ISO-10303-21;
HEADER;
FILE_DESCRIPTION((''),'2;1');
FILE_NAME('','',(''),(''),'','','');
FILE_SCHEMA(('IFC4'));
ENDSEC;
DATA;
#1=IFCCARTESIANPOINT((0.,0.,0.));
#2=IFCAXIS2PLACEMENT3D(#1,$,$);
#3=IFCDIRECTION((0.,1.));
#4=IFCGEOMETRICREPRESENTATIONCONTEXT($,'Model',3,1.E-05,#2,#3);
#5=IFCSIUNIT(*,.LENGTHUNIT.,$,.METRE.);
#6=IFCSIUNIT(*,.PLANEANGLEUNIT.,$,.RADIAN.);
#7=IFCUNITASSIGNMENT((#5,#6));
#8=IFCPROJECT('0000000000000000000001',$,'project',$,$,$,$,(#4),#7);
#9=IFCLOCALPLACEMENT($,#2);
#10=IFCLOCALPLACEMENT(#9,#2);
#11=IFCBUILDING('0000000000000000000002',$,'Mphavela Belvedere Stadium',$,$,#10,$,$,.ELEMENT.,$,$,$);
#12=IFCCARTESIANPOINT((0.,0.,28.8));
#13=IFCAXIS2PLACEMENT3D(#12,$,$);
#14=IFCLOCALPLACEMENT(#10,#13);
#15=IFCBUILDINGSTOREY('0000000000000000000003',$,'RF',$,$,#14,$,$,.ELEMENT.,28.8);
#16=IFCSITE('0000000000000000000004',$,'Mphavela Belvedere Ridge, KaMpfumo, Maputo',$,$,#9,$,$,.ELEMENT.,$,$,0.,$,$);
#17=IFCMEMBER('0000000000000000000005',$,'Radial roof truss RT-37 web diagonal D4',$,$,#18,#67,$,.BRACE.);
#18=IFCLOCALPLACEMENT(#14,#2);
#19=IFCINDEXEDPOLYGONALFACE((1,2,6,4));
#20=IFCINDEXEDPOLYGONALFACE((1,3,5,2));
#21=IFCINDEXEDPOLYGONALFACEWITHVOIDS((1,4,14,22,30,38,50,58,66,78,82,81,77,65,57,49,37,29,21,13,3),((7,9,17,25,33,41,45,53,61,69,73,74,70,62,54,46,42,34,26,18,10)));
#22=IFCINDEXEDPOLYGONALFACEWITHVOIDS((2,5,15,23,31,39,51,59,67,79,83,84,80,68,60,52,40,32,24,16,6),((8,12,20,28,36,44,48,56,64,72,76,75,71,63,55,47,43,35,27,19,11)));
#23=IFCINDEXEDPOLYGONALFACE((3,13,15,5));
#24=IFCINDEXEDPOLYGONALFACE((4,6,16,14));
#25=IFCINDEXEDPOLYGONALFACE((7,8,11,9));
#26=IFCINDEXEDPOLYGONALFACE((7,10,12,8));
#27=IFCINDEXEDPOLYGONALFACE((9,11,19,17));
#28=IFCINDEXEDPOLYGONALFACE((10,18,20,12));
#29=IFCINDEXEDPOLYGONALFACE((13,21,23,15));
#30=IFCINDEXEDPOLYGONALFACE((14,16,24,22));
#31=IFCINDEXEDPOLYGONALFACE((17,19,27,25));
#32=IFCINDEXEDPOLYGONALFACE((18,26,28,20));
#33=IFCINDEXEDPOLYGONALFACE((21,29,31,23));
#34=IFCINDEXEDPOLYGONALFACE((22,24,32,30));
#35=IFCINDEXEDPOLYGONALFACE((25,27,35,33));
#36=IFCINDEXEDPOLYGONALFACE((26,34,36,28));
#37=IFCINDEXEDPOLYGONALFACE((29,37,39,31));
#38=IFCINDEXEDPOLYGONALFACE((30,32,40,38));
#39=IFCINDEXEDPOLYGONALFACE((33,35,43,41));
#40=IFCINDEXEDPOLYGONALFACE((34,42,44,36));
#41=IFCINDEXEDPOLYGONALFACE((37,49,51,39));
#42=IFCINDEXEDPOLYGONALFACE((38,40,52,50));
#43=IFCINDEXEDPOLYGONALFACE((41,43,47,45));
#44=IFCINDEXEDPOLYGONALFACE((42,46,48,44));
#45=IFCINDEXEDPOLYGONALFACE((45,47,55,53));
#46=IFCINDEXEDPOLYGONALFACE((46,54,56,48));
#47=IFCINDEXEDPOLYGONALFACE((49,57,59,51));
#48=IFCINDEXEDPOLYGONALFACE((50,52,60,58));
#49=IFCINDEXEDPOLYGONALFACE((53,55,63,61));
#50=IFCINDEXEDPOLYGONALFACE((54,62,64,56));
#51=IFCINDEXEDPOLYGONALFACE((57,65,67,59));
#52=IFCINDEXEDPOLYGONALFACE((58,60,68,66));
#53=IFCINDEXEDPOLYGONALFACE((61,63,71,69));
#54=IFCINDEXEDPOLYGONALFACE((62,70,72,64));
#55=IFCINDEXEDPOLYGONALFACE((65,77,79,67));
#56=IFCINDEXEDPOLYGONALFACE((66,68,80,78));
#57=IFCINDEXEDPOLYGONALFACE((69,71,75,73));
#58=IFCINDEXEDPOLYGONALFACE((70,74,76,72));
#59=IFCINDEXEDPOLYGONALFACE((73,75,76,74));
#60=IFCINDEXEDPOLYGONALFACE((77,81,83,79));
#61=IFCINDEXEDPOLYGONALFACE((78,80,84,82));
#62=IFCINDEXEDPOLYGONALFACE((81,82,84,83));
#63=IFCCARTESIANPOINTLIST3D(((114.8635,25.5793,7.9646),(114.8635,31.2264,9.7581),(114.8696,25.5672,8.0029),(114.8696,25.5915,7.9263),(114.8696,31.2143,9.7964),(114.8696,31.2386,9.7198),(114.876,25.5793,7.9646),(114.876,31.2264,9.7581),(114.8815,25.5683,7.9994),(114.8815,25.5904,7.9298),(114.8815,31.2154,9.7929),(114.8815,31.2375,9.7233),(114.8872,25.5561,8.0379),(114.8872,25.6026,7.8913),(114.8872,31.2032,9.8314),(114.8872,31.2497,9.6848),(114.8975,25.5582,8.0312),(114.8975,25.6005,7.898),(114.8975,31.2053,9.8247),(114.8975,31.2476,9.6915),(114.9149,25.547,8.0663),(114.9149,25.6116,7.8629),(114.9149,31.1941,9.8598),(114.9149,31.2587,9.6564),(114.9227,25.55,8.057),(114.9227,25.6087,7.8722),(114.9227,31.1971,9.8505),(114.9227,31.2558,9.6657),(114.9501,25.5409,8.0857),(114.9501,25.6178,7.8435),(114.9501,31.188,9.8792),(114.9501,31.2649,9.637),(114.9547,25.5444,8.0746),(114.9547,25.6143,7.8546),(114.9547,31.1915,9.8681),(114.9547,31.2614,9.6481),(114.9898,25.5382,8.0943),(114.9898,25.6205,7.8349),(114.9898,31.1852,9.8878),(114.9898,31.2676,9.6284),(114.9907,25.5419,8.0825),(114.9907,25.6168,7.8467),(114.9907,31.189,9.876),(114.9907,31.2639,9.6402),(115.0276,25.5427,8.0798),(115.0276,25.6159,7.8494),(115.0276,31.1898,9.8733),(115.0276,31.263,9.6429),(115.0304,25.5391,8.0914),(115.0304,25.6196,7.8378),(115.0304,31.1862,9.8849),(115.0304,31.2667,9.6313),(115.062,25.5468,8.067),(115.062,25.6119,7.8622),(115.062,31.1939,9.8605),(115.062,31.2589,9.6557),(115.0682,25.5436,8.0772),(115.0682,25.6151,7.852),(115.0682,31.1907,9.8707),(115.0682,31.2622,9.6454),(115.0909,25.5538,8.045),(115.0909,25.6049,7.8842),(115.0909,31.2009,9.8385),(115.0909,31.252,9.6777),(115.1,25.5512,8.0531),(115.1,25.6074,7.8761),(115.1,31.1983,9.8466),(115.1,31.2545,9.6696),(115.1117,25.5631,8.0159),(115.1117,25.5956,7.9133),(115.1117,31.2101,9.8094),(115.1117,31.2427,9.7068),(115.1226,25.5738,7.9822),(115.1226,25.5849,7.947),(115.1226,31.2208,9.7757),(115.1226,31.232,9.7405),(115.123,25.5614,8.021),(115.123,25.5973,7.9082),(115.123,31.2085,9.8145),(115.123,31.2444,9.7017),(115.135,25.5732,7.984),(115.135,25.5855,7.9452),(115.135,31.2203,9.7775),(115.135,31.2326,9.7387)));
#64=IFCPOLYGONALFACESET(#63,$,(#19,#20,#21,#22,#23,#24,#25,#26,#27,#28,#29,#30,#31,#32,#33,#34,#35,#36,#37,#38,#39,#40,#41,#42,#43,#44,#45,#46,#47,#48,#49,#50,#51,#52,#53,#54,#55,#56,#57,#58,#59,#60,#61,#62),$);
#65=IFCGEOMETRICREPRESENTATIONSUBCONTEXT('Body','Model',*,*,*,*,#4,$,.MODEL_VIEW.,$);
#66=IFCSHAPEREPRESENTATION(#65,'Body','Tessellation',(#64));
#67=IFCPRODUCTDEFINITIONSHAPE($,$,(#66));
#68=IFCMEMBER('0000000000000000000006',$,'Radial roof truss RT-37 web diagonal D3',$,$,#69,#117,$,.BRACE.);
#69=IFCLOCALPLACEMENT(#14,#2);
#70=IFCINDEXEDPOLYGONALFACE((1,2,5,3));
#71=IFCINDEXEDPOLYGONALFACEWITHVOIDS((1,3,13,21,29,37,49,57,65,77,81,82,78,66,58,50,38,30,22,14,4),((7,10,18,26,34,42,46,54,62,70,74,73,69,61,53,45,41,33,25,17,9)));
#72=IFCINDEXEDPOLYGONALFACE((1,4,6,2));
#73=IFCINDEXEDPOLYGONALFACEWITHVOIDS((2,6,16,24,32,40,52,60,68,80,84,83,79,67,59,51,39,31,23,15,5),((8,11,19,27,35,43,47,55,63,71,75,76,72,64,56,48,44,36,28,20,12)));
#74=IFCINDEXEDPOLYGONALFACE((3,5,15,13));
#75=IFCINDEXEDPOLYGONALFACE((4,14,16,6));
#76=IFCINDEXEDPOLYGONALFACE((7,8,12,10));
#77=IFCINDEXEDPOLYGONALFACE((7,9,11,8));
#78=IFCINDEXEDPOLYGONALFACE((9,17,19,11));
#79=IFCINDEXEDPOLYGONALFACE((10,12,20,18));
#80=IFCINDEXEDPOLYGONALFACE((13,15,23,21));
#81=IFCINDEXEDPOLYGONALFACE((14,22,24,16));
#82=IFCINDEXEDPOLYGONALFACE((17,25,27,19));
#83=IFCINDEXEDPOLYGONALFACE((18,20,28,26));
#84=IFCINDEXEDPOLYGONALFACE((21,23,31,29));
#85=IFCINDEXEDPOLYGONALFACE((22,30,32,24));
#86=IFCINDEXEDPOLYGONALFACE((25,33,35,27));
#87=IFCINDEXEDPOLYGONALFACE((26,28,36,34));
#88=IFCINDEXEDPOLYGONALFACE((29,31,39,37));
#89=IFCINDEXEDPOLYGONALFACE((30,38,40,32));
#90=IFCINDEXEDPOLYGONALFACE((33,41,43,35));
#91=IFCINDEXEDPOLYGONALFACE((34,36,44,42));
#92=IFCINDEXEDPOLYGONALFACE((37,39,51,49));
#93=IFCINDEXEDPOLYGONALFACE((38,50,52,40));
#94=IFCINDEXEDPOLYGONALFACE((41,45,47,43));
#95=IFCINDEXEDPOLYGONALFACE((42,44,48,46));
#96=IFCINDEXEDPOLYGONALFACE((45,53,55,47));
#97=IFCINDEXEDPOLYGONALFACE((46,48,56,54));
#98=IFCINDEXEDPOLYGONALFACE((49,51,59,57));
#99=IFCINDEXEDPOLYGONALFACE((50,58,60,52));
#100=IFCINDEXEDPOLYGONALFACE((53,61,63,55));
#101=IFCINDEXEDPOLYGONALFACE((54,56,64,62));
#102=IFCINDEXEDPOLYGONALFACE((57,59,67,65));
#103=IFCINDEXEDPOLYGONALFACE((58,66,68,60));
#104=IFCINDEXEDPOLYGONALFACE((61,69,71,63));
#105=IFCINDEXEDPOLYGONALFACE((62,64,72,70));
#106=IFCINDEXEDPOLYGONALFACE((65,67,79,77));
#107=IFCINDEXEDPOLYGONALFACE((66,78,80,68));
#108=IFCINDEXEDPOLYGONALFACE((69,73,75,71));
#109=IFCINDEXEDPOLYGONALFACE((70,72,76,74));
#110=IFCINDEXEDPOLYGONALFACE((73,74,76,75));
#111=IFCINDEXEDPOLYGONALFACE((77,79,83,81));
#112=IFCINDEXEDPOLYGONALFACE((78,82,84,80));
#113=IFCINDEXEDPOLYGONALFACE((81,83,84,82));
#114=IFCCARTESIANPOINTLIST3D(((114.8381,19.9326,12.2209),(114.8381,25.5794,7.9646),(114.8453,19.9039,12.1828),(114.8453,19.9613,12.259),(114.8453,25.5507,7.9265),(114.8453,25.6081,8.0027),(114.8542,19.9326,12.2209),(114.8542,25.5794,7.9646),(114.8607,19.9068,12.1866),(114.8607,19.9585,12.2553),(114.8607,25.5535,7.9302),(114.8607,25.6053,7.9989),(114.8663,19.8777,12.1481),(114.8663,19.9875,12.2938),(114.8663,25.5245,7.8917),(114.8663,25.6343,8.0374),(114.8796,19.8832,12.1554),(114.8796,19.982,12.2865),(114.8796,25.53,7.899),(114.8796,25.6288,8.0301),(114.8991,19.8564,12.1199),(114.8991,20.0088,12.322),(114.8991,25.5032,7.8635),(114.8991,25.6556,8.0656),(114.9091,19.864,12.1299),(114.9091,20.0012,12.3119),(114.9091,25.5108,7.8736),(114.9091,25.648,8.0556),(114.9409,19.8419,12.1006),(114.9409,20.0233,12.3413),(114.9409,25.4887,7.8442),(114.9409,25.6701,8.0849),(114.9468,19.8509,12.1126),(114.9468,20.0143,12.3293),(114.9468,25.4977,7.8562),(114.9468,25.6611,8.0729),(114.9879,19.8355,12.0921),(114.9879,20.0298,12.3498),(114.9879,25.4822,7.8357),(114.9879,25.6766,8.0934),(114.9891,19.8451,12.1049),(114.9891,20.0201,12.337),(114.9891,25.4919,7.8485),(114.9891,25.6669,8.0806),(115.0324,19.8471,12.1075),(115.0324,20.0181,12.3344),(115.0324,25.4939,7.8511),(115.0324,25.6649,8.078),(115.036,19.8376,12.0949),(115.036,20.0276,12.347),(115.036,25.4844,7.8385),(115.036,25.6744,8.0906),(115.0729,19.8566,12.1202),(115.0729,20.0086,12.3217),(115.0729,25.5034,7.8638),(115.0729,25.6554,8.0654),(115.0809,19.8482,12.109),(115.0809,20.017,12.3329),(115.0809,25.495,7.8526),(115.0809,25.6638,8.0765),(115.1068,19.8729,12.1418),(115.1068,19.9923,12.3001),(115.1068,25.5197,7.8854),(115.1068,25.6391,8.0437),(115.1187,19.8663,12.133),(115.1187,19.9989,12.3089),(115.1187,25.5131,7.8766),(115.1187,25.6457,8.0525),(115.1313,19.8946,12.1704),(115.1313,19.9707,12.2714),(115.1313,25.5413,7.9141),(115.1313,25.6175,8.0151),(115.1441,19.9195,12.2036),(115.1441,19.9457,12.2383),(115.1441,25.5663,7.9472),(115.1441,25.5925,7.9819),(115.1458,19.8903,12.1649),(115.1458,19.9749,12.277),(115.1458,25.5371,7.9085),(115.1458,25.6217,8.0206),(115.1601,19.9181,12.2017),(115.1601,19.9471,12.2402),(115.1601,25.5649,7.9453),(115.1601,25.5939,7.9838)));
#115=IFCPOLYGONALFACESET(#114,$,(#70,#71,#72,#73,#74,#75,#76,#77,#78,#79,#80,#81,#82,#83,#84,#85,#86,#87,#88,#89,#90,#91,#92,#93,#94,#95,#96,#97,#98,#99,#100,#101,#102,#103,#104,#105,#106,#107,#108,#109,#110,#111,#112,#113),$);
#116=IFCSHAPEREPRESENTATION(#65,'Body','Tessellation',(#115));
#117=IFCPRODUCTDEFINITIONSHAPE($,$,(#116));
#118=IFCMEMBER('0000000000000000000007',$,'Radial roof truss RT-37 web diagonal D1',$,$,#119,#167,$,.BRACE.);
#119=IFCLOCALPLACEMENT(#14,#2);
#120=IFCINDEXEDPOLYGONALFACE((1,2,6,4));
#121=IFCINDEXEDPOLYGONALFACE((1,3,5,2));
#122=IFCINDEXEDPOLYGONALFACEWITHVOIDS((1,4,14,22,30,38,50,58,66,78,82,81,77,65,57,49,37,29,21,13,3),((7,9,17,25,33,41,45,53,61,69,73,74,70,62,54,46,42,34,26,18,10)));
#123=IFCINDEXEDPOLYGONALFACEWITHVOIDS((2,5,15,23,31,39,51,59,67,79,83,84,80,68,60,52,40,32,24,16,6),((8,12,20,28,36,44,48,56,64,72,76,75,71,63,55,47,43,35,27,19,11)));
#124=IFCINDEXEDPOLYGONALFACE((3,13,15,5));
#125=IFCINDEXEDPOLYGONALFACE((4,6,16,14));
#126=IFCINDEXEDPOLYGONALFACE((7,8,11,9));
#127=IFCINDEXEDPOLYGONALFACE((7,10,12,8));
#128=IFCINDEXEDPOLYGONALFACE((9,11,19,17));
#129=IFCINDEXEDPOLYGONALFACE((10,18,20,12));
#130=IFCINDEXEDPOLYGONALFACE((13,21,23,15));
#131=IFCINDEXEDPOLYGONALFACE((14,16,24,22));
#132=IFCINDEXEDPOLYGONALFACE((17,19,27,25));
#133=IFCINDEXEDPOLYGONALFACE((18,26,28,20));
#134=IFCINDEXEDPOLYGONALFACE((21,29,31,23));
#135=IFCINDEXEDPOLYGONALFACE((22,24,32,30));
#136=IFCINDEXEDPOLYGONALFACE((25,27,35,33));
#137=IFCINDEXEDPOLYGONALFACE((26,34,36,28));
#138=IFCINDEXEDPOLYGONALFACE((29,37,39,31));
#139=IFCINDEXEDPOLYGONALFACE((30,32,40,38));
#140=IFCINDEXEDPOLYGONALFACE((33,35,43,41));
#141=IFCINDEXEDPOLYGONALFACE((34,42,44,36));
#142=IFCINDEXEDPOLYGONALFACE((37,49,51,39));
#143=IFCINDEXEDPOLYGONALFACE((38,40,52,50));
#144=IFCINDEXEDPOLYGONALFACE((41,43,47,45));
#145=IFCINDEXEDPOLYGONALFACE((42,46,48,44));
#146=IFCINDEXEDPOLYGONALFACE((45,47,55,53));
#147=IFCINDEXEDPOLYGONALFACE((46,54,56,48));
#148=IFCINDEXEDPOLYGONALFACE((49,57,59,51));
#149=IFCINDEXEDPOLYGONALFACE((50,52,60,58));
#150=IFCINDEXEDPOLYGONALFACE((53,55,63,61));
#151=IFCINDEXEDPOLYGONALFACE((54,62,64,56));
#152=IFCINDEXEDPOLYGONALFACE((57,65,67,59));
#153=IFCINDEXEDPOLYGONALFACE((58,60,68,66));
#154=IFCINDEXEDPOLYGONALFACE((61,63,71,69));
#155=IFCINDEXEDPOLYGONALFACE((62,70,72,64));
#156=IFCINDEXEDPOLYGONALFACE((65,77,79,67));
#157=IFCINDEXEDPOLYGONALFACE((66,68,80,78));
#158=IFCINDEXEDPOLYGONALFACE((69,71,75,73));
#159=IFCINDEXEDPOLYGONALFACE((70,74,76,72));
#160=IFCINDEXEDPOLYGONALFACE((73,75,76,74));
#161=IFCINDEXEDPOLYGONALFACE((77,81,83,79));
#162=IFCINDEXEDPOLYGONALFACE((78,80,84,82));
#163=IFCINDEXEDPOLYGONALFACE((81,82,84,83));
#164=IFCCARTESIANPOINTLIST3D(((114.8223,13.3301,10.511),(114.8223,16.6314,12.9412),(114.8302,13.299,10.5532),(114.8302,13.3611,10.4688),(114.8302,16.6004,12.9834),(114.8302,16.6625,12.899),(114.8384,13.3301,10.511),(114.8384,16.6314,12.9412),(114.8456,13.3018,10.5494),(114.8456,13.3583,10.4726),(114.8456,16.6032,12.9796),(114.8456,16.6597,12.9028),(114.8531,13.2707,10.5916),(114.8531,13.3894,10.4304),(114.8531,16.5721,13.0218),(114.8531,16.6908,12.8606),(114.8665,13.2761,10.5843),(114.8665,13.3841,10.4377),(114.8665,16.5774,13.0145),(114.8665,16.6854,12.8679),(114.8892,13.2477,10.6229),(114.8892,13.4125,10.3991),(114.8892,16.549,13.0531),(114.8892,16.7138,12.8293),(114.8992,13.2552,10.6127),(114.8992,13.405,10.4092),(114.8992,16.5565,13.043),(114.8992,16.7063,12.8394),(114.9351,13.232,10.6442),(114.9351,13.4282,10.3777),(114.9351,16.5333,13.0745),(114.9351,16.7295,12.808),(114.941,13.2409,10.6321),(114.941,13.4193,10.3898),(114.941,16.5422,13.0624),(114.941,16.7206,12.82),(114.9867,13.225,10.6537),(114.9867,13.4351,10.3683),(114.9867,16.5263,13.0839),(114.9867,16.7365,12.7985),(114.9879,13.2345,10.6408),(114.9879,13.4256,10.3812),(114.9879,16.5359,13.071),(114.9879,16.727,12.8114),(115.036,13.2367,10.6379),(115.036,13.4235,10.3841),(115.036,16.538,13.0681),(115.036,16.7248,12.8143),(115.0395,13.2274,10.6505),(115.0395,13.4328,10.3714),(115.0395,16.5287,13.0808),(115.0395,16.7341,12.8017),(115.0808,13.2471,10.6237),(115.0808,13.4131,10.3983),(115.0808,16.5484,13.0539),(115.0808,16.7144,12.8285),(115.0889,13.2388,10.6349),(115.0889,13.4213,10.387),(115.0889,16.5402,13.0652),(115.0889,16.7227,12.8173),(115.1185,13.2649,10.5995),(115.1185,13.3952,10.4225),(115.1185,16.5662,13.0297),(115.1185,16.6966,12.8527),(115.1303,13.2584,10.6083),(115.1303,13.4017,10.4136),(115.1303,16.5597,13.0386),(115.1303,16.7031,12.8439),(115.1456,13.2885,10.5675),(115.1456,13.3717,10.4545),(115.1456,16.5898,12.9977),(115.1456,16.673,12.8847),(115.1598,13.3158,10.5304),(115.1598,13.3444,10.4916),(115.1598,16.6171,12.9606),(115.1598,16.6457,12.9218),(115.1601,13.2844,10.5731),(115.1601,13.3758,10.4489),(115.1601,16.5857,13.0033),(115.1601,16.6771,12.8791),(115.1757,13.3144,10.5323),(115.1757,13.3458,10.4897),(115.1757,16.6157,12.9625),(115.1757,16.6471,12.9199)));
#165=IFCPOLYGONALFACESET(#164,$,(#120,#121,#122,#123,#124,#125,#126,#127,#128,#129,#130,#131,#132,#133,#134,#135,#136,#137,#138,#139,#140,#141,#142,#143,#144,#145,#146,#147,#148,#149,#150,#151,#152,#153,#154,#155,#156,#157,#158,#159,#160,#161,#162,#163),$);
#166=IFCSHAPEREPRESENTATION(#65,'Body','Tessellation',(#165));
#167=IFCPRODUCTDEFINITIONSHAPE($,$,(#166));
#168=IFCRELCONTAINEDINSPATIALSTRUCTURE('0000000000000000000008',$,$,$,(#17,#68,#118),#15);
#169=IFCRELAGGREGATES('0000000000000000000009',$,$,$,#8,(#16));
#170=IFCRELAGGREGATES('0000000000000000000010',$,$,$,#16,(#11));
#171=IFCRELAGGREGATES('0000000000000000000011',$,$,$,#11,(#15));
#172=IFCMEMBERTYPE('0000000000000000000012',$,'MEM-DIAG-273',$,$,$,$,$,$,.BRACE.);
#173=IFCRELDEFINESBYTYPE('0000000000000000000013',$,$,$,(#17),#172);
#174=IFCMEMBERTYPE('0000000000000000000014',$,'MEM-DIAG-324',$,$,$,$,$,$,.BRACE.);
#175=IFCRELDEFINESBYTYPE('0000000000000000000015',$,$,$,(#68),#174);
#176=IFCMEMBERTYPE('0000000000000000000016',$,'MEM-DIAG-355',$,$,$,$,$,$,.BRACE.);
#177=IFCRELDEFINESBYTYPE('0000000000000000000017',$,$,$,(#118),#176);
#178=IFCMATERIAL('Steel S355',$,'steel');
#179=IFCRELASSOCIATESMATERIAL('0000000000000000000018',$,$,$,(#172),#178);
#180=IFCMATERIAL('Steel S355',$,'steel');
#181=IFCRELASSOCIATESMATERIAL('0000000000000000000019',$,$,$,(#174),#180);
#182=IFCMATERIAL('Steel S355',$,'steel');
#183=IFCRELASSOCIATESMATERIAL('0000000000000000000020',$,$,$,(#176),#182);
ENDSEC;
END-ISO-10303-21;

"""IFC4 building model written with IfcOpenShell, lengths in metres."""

from ifc_helpers import new_model, si_unit, direction, frame, origin, origin_2d, place, context, subcontext, project, spatial, hollow_circle, extrude, material, material_profile, profile_set, type_object, element, save


model = new_model("IFC4")

# Units and contexts
model_context = context("Model", 3, precision=1e-05, world=origin(), true_north=direction((0.0, 1.0)))
body_context = subcontext(model_context, "Body", "Model", "MODEL_VIEW")
ifc_project = project(units=[si_unit("LENGTHUNIT", "METRE"), si_unit("PLANEANGLEUNIT", "RADIAN")], contexts=[model_context])

# Site, building, storey
site_placement = place(None, origin())
site = spatial("IfcSite", under=ifc_project, at=site_placement, Name="Mphavela Belvedere Ridge, KaMpfumo, Maputo", CompositionType="ELEMENT", RefElevation=0.0)
building_placement = place(site_placement, origin())
building = spatial("IfcBuilding", under=site, at=building_placement, Name="Mphavela Belvedere Stadium", CompositionType="ELEMENT")
storey_placement = place(building_placement, frame((0.0, 0.0, 28.8)))
storey = spatial("IfcBuildingStorey", under=building, at=storey_placement, Name="RF", CompositionType="ELEMENT", Elevation=28.8)

# Members
ifc_material_1 = material(Name="Steel S355", Category="steel")
ifc_material_profile_1 = material_profile(ifc_material_1, hollow_circle(Radius=0.1365, WallThickness=0.0125, at=origin_2d()), Name="CHS 273x12.5")
ifc_profile_set_1 = profile_set([ifc_material_profile_1], Name="Steel S355")
member_type_1 = type_object("IfcMemberType", Name="MEM-DIAG-273", PredefinedType="BRACE", material=ifc_profile_set_1)
member_1_placement = place(storey_placement, frame((115.0, 25.5793, 7.9646), z_axis=(0.0, 0.953087, 0.302697), x_axis=(-1.0, 0.0, 0.0)))
element("IfcMember", 1, at=member_1_placement, inside=storey, type_object=member_type_1, Name="Radial roof truss RT-37 web diagonal D4", PredefinedType="BRACE", context=body_context, shape_type="SweptSolid", body=[
    extrude(hollow_circle(Radius=0.1365, WallThickness=0.0125, at=origin_2d()), origin(), (0.0, 0.0, 1.0), 5.925),
])
ifc_material_2 = material(Name="Steel S355", Category="steel")
ifc_material_profile_2 = material_profile(ifc_material_2, hollow_circle(Radius=0.1619, WallThickness=0.0161, at=origin_2d()), Name="CHS 323.9x16")
ifc_profile_set_2 = profile_set([ifc_material_profile_2], Name="Steel S355")
member_type_2 = type_object("IfcMemberType", Name="MEM-DIAG-324", PredefinedType="BRACE", material=ifc_profile_set_2)
member_2_placement = place(storey_placement, frame((115.0, 19.9326, 12.2209), z_axis=(0.0, 0.798552, -0.601926), x_axis=(-1.0, 0.0, 0.0)))
element("IfcMember", 2, at=member_2_placement, inside=storey, type_object=member_type_2, Name="Radial roof truss RT-37 web diagonal D3", PredefinedType="BRACE", context=body_context, shape_type="SweptSolid", body=[
    extrude(hollow_circle(Radius=0.1619, WallThickness=0.0161, at=origin_2d()), origin(), (0.0, 0.0, 1.0), 7.0713),
])
ifc_material_3 = material(Name="Steel S355", Category="steel")
ifc_material_profile_3 = material_profile(ifc_material_3, hollow_circle(Radius=0.1777, WallThickness=0.0161, at=origin_2d()), Name="CHS 355.6x16")
ifc_profile_set_3 = profile_set([ifc_material_profile_3], Name="Steel S355")
member_type_3 = type_object("IfcMemberType", Name="MEM-DIAG-355", PredefinedType="BRACE", material=ifc_profile_set_3)
member_3_placement = place(storey_placement, frame((115.0, 13.3301, 10.511), z_axis=(0.0, 0.805328, 0.592829), x_axis=(-1.0, 0.0, 0.0)))
element("IfcMember", 3, at=member_3_placement, inside=storey, type_object=member_type_3, Name="Radial roof truss RT-37 web diagonal D1", PredefinedType="BRACE", context=body_context, shape_type="SweptSolid", body=[
    extrude(hollow_circle(Radius=0.1777, WallThickness=0.0161, at=origin_2d()), origin(), (0.0, 0.0, 1.0), 4.0994),
])

save(model, "model.ifc")
